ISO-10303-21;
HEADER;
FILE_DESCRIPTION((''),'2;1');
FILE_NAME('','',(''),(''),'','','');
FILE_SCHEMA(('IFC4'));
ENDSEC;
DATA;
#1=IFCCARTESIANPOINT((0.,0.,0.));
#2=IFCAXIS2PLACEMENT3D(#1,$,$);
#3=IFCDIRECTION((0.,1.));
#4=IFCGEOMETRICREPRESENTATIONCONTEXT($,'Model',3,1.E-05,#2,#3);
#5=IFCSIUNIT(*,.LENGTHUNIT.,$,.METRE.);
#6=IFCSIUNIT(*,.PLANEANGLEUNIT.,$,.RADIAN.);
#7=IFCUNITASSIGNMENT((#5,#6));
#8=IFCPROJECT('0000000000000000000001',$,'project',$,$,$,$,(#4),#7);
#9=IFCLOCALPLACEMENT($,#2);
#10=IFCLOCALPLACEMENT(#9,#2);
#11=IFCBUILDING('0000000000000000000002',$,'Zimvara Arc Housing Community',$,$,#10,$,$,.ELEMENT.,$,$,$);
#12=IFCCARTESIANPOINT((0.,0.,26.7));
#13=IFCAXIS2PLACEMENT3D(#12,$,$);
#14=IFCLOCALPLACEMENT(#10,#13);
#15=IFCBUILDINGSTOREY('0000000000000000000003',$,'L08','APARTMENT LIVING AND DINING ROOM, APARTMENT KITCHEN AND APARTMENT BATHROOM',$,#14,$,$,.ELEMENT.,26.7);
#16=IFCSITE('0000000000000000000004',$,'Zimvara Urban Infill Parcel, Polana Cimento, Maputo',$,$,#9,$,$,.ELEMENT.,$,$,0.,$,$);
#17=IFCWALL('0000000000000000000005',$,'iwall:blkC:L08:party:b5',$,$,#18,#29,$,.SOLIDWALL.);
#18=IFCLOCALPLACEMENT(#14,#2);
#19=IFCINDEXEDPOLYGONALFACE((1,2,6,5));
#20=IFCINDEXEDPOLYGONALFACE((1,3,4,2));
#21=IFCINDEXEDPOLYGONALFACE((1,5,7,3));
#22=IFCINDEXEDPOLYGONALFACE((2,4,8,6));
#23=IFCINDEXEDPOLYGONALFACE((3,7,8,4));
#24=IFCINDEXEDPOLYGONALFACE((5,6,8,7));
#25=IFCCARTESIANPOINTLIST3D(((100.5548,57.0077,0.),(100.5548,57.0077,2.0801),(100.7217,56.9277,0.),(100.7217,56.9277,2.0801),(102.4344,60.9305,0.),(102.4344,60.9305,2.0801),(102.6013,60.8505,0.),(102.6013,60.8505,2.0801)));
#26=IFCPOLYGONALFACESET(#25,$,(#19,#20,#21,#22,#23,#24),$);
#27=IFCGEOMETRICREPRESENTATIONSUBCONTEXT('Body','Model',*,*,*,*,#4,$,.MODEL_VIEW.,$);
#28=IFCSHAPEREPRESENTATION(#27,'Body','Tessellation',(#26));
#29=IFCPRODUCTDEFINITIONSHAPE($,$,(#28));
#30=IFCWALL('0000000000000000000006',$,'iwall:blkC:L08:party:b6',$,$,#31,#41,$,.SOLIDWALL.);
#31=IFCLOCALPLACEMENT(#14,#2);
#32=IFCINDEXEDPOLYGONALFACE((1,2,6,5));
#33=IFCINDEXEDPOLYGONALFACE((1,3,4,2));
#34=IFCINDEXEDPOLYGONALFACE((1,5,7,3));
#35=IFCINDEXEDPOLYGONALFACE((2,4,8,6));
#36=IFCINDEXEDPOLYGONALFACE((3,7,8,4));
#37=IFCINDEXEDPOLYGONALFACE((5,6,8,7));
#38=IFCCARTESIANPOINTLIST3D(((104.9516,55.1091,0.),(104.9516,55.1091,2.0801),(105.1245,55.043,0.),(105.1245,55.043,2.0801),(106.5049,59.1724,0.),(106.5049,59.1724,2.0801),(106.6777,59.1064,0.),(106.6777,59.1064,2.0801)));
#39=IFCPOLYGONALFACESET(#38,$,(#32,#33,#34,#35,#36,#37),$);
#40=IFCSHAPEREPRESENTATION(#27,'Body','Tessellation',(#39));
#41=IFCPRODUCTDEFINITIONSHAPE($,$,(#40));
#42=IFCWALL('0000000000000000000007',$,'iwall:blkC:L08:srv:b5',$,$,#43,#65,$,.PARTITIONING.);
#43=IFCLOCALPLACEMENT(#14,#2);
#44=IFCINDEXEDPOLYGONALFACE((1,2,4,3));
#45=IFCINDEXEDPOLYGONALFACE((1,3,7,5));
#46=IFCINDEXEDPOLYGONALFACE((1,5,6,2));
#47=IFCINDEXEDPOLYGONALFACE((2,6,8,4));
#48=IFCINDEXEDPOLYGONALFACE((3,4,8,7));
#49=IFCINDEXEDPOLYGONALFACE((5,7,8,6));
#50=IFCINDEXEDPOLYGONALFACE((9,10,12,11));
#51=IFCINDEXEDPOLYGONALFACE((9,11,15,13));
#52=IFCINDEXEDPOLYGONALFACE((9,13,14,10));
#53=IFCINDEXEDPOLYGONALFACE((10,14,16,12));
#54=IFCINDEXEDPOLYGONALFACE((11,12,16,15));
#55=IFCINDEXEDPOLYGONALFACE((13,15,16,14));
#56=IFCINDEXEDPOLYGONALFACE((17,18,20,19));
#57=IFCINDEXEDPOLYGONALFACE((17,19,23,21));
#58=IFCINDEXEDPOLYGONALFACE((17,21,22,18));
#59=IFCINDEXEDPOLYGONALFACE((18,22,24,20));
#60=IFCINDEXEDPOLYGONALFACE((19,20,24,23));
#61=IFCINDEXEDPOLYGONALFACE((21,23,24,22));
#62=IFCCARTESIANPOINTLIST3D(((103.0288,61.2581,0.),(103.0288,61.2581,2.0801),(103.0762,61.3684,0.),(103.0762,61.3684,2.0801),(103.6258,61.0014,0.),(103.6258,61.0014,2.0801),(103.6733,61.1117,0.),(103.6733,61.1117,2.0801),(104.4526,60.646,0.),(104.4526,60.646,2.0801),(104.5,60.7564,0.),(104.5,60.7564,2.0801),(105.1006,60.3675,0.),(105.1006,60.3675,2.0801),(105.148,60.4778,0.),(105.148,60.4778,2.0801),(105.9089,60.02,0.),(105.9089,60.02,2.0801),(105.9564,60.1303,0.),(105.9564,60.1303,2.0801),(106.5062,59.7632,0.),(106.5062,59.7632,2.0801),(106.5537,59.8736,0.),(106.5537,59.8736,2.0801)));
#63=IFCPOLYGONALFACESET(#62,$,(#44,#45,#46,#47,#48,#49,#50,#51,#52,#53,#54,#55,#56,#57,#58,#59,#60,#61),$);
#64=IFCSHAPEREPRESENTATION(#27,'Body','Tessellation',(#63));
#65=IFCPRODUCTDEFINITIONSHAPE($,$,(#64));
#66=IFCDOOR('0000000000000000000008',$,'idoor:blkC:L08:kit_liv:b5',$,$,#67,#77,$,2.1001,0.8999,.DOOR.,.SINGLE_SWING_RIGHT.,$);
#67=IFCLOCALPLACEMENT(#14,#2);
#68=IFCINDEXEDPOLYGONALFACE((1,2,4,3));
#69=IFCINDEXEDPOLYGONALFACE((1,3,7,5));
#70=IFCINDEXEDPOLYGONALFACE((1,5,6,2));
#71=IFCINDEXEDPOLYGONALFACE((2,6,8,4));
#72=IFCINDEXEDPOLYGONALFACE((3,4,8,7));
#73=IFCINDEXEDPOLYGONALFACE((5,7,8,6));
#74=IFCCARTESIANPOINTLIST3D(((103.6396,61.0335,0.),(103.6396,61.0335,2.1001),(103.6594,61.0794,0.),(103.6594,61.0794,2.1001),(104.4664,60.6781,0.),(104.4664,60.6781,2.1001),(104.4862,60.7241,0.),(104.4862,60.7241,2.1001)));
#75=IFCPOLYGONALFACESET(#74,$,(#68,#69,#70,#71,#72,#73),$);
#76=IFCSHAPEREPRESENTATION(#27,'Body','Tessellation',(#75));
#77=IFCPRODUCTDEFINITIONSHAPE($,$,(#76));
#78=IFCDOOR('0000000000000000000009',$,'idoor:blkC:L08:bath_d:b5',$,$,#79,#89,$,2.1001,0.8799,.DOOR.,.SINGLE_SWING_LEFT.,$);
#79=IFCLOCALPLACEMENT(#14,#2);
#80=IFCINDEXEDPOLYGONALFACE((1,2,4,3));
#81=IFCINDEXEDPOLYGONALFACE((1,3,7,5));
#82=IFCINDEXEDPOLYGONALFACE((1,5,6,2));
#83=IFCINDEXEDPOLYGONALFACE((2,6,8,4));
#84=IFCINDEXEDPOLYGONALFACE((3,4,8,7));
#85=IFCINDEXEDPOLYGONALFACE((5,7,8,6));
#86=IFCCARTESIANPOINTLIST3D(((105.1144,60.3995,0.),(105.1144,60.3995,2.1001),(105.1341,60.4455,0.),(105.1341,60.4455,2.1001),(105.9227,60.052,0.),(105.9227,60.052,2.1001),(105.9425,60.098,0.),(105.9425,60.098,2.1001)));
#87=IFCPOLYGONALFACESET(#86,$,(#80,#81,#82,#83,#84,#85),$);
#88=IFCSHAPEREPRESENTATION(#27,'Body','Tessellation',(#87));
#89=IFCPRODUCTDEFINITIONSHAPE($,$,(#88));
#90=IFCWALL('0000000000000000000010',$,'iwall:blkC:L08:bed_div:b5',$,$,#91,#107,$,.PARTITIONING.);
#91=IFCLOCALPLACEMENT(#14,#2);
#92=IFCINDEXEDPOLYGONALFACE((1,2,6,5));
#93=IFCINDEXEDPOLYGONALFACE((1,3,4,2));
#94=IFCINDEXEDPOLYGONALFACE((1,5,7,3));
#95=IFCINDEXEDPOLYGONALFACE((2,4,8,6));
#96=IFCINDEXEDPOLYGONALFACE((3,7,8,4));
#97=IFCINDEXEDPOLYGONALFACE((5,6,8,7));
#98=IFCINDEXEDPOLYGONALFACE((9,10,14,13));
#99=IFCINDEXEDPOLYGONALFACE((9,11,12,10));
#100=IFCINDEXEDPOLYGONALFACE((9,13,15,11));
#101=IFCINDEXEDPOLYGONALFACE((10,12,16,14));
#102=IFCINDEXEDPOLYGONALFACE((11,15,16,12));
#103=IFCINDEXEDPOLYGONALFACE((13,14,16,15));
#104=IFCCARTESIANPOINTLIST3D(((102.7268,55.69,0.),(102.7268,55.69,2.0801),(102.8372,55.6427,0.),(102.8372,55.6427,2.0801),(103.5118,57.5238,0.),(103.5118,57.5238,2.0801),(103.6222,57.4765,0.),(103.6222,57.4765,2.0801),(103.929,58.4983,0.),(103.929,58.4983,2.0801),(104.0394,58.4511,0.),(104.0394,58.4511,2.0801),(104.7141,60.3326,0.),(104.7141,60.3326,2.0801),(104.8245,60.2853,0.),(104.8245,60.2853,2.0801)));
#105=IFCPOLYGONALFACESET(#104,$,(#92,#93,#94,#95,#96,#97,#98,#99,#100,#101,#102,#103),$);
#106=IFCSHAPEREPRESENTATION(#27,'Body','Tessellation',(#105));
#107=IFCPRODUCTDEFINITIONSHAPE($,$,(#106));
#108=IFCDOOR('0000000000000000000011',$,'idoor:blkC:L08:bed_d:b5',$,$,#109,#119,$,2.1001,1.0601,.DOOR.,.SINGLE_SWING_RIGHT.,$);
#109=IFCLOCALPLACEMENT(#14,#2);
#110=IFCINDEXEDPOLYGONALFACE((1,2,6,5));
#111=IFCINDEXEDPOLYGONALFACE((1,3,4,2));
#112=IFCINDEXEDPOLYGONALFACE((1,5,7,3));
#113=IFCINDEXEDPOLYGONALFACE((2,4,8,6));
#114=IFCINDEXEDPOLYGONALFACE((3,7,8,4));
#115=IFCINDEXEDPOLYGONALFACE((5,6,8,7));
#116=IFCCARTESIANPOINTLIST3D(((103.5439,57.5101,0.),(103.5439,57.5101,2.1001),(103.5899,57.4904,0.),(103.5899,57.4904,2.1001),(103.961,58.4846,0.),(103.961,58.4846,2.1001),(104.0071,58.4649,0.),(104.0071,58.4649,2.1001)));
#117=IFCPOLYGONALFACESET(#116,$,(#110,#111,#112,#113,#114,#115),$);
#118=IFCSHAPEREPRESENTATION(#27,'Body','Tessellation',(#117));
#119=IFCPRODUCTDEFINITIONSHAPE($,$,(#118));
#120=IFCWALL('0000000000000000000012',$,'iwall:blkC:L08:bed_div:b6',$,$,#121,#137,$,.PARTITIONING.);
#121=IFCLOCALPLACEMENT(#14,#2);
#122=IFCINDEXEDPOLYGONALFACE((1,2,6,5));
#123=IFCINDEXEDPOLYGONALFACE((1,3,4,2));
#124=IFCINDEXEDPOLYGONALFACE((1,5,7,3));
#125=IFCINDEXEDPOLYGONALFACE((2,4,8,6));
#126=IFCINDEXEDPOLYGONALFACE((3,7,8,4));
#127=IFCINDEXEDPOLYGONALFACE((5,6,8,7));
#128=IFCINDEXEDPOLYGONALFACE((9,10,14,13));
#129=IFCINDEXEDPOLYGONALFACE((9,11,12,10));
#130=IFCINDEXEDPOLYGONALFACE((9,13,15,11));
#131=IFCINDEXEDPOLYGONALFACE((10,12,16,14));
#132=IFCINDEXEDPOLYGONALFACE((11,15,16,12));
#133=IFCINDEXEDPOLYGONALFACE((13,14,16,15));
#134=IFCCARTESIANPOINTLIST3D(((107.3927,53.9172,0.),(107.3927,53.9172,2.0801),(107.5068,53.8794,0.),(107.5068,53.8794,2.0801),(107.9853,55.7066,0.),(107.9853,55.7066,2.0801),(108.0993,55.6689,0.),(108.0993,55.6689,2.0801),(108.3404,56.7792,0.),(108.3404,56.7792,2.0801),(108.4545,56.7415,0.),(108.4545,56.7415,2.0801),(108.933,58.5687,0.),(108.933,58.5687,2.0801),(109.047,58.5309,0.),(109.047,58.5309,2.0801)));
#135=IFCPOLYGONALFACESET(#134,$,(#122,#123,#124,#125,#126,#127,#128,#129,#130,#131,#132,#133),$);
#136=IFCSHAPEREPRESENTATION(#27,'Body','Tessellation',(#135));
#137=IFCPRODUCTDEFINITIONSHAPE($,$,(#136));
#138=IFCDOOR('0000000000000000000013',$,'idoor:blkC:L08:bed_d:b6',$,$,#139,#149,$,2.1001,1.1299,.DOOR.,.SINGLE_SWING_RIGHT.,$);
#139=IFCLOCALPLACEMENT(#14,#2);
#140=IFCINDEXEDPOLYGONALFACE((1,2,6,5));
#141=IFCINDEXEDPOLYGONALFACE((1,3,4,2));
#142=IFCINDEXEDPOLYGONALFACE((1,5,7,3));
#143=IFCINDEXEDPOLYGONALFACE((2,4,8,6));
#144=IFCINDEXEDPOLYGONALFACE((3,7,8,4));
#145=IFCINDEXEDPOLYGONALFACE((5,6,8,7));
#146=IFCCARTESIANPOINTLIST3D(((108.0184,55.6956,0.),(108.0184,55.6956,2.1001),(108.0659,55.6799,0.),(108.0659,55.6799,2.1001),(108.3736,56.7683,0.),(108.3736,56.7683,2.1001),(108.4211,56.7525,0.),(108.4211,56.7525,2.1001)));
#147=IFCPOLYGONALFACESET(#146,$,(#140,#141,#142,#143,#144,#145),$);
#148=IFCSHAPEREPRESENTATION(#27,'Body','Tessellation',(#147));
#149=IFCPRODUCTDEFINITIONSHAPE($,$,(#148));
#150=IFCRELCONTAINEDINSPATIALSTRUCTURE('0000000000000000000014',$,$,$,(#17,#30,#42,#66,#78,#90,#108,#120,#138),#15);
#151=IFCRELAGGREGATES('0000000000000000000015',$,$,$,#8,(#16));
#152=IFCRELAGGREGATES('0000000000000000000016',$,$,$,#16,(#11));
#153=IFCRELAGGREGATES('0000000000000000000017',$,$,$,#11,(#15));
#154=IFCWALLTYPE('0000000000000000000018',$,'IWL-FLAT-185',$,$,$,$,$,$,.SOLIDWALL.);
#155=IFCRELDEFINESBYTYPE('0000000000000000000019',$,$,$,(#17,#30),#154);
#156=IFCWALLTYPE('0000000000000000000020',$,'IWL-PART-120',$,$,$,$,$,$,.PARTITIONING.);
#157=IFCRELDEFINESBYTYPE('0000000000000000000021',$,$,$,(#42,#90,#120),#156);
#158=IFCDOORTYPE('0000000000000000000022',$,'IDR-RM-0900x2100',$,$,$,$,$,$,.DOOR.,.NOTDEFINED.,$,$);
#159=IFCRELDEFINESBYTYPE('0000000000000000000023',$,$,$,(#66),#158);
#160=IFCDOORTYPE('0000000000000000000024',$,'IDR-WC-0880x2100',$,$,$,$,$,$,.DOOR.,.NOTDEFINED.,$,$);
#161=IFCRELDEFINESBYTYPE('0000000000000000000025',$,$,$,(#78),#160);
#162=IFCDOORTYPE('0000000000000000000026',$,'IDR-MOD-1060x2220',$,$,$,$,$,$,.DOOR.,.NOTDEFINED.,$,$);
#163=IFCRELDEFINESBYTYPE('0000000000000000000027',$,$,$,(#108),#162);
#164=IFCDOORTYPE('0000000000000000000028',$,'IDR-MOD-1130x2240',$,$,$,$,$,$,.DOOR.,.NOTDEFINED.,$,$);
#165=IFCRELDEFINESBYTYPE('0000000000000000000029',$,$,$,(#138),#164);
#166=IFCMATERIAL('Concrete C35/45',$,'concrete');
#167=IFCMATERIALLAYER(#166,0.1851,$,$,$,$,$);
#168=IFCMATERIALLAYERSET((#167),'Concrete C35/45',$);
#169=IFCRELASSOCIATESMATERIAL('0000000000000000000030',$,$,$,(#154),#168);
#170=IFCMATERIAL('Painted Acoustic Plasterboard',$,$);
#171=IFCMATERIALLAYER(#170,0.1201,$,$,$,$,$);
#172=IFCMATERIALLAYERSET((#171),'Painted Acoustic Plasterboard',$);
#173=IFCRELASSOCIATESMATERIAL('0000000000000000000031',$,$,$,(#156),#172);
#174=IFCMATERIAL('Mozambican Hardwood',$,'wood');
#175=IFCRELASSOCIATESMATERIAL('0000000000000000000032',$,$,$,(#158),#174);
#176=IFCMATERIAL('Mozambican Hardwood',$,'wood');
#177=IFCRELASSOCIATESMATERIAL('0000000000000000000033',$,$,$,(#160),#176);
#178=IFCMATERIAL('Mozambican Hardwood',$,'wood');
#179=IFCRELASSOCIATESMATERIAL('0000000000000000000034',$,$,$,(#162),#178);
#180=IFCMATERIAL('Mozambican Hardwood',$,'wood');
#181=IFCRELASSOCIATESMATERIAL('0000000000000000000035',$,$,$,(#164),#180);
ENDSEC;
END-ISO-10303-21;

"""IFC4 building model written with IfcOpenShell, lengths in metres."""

from ifc_helpers import new_model, si_unit, direction, frame, frame_2d, origin, place, context, subcontext, project, spatial, rectangle, extrude, material, layer, layer_set, type_object, element, fill, save


model = new_model("IFC4")

# Units and contexts
model_context = context("Model", 3, precision=1e-05, world=origin(), true_north=direction((0.0, 1.0)))
body_context = subcontext(model_context, "Body", "Model", "MODEL_VIEW")
ifc_project = project(units=[si_unit("LENGTHUNIT", "METRE"), si_unit("PLANEANGLEUNIT", "RADIAN")], contexts=[model_context])

# Site, building, storey
site_placement = place(None, origin())
site = spatial("IfcSite", under=ifc_project, at=site_placement, Name="Zimvara Urban Infill Parcel, Polana Cimento, Maputo", CompositionType="ELEMENT", RefElevation=0.0)
building_placement = place(site_placement, origin())
building = spatial("IfcBuilding", under=site, at=building_placement, Name="Zimvara Arc Housing Community", CompositionType="ELEMENT")
storey_placement = place(building_placement, frame((0.0, 0.0, 26.7)))
storey = spatial("IfcBuildingStorey", under=building, at=storey_placement, Name="L08", Description="APARTMENT LIVING AND DINING ROOM, APARTMENT KITCHEN AND APARTMENT BATHROOM", CompositionType="ELEMENT", Elevation=26.7)

# Walls
ifc_material_1 = material(Name="Concrete C35/45", Category="concrete")
ifc_layer_1 = layer(ifc_material_1, 0.1851)
ifc_layer_set_1 = layer_set([ifc_layer_1], Name="Concrete C35/45")
wall_type_1 = type_object("IfcWallType", Name="IWL-FLAT-185", PredefinedType="SOLIDWALL", material=ifc_layer_set_1)
wall_1_placement = place(storey_placement, frame((102.5178, 60.8904, 0.0), z_axis=(0.0, 0.0, 1.0), x_axis=(-0.432109, -0.901821, 0.0)))
element("IfcWall", 1, at=wall_1_placement, inside=storey, type_object=wall_type_1, Name="iwall:blkC:L08:party:b5", PredefinedType="SOLIDWALL", context=body_context, shape_type="SweptSolid", body=[
    extrude(rectangle(XDim=4.3499, YDim=0.1851, at=frame_2d((2.1748, 0.0))), origin(), (0.0, 0.0, 1.0), 2.0801),
])
wall_2_placement = place(storey_placement, frame((106.5913, 59.1394, 0.0), z_axis=(0.0, 0.0, 1.0), x_axis=(-0.357064, -0.93408, 0.0)))
element("IfcWall", 2, at=wall_2_placement, inside=storey, type_object=wall_type_1, Name="iwall:blkC:L08:party:b6", PredefinedType="SOLIDWALL", context=body_context, shape_type="SweptSolid", body=[
    extrude(rectangle(XDim=4.3501, YDim=0.1851, at=frame_2d((2.175, 0.0))), origin(), (0.0, 0.0, 1.0), 2.0801),
])

# Wall, openings, doors
ifc_material_2 = material(Name="Painted Acoustic Plasterboard")
ifc_layer_2 = layer(ifc_material_2, 0.1201)
ifc_layer_set_2 = layer_set([ifc_layer_2], Name="Painted Acoustic Plasterboard")
wall_type_2 = type_object("IfcWallType", Name="IWL-PART-120", PredefinedType="PARTITIONING", material=ifc_layer_set_2)
wall_3_placement = place(storey_placement, frame((103.0525, 61.3132, 0.0), z_axis=(0.0, 0.0, 1.0), x_axis=(0.918714, -0.394923, 0.0)))
wall_3 = element("IfcWall", 3, at=wall_3_placement, inside=storey, type_object=wall_type_2, Name="iwall:blkC:L08:srv:b5", PredefinedType="PARTITIONING", context=body_context, shape_type="SweptSolid", body=[
    extrude(rectangle(XDim=3.7852, YDim=0.1201, at=frame_2d((1.8926, 0.0))), origin(), (0.0, 0.0, 1.0), 2.0801),
])
opening_1_placement = place(wall_3_placement, frame((0.6499, 0.0, 0.0)))
opening_1 = element("IfcOpeningElement", 4, at=opening_1_placement, cuts=wall_3, PredefinedType="OPENING", context=body_context, shape_type="SweptSolid", body=[
    extrude(rectangle(XDim=0.8999, YDim=2.1001, at=frame_2d((0.45, 1.05))), frame((0.0, 0.0701, 0.0), z_axis=(0.0, -1.0, 0.0), x_axis=(1.0, 0.0, 0.0)), (0.0, 0.0, 1.0), 0.1401),
])
opening_2_placement = place(wall_3_placement, frame((2.2551, 0.0, 0.0)))
opening_2 = element("IfcOpeningElement", 5, at=opening_2_placement, cuts=wall_3, PredefinedType="OPENING", context=body_context, shape_type="SweptSolid", body=[
    extrude(rectangle(XDim=0.8799, YDim=2.1001, at=frame_2d((0.4399, 1.05))), frame((0.0, 0.0701, 0.0), z_axis=(0.0, -1.0, 0.0), x_axis=(1.0, 0.0, 0.0)), (0.0, 0.0, 1.0), 0.1401),
])
ifc_material_3 = material(Name="Mozambican Hardwood", Category="wood")
door_type_1 = type_object("IfcDoorType", Name="IDR-RM-0900x2100", OperationType="NOTDEFINED", PredefinedType="DOOR", material=ifc_material_3)
door_1_placement = place(opening_1_placement, origin())
door_1 = element("IfcDoor", 6, at=door_1_placement, inside=storey, type_object=door_type_1, Name="idoor:blkC:L08:kit_liv:b5", OperationType="SINGLE_SWING_RIGHT", OverallHeight=2.1001, OverallWidth=0.8999, PredefinedType="DOOR", context=body_context, shape_type="SweptSolid", body=[
    extrude(rectangle(XDim=0.8999, YDim=2.1001, at=frame_2d((0.45, 1.05))), frame((0.0, 0.0249, 0.0), z_axis=(0.0, -1.0, 0.0), x_axis=(1.0, 0.0, 0.0)), (0.0, 0.0, 1.0), 0.05),
])
fill(opening_1, door_1)
ifc_material_4 = material(Name="Mozambican Hardwood", Category="wood")
door_type_2 = type_object("IfcDoorType", Name="IDR-WC-0880x2100", OperationType="NOTDEFINED", PredefinedType="DOOR", material=ifc_material_4)
door_2_placement = place(opening_2_placement, origin())
door_2 = element("IfcDoor", 7, at=door_2_placement, inside=storey, type_object=door_type_2, Name="idoor:blkC:L08:bath_d:b5", OperationType="SINGLE_SWING_LEFT", OverallHeight=2.1001, OverallWidth=0.8799, PredefinedType="DOOR", context=body_context, shape_type="SweptSolid", body=[
    extrude(rectangle(XDim=0.8799, YDim=2.1001, at=frame_2d((0.4399, 1.05))), frame((0.0, 0.0249, 0.0), z_axis=(0.0, -1.0, 0.0), x_axis=(1.0, 0.0, 0.0)), (0.0, 0.0, 1.0), 0.05),
])
fill(opening_2, door_2)

# Walls, openings, doors
wall_4_placement = place(storey_placement, frame((104.7693, 60.3088, 0.0), z_axis=(0.0, 0.0, 1.0), x_axis=(-0.393523, -0.919315, 0.0)))
wall_4 = element("IfcWall", 8, at=wall_4_placement, inside=storey, type_object=wall_type_2, Name="iwall:blkC:L08:bed_div:b5", PredefinedType="PARTITIONING", context=body_context, shape_type="SweptSolid", body=[
    extrude(rectangle(XDim=5.05, YDim=0.1201, at=frame_2d((2.5249, 0.0))), origin(), (0.0, 0.0, 1.0), 2.0801),
])
opening_3_placement = place(wall_4_placement, frame((1.9951, 0.0, 0.0)))
opening_3 = element("IfcOpeningElement", 9, at=opening_3_placement, cuts=wall_4, PredefinedType="OPENING", context=body_context, shape_type="SweptSolid", body=[
    extrude(rectangle(XDim=1.0601, YDim=2.1001, at=frame_2d((0.53, 1.05))), frame((0.0, 0.0701, 0.0), z_axis=(0.0, -1.0, 0.0), x_axis=(1.0, 0.0, 0.0)), (0.0, 0.0, 1.0), 0.1401),
])
ifc_material_5 = material(Name="Mozambican Hardwood", Category="wood")
door_type_3 = type_object("IfcDoorType", Name="IDR-MOD-1060x2220", OperationType="NOTDEFINED", PredefinedType="DOOR", material=ifc_material_5)
door_3_placement = place(opening_3_placement, origin())
door_3 = element("IfcDoor", 10, at=door_3_placement, inside=storey, type_object=door_type_3, Name="idoor:blkC:L08:bed_d:b5", OperationType="SINGLE_SWING_RIGHT", OverallHeight=2.1001, OverallWidth=1.0601, PredefinedType="DOOR", context=body_context, shape_type="SweptSolid", body=[
    extrude(rectangle(XDim=1.0601, YDim=2.1001, at=frame_2d((0.53, 1.05))), frame((0.0, 0.0249, 0.0), z_axis=(0.0, -1.0, 0.0), x_axis=(1.0, 0.0, 0.0)), (0.0, 0.0, 1.0), 0.05),
])
fill(opening_3, door_3)
wall_5_placement = place(storey_placement, frame((108.99, 58.5498, 0.0), z_axis=(0.0, 0.0, 1.0), x_axis=(-0.314344, -0.949309, 0.0)))
wall_5 = element("IfcWall", 11, at=wall_5_placement, inside=storey, type_object=wall_type_2, Name="iwall:blkC:L08:bed_div:b6", PredefinedType="PARTITIONING", context=body_context, shape_type="SweptSolid", body=[
    extrude(rectangle(XDim=4.8999, YDim=0.1201, at=frame_2d((2.45, 0.0))), origin(), (0.0, 0.0, 1.0), 2.0801),
])
opening_4_placement = place(wall_5_placement, frame((1.885, 0.0, 0.0)))
opening_4 = element("IfcOpeningElement", 12, at=opening_4_placement, cuts=wall_5, PredefinedType="OPENING", context=body_context, shape_type="SweptSolid", body=[
    extrude(rectangle(XDim=1.1299, YDim=2.1001, at=frame_2d((0.5649, 1.05))), frame((0.0, 0.0701, 0.0), z_axis=(0.0, -1.0, 0.0), x_axis=(1.0, 0.0, 0.0)), (0.0, 0.0, 1.0), 0.1401),
])
ifc_material_6 = material(Name="Mozambican Hardwood", Category="wood")
door_type_4 = type_object("IfcDoorType", Name="IDR-MOD-1130x2240", OperationType="NOTDEFINED", PredefinedType="DOOR", material=ifc_material_6)
door_4_placement = place(opening_4_placement, origin())
door_4 = element("IfcDoor", 13, at=door_4_placement, inside=storey, type_object=door_type_4, Name="idoor:blkC:L08:bed_d:b6", OperationType="SINGLE_SWING_RIGHT", OverallHeight=2.1001, OverallWidth=1.1299, PredefinedType="DOOR", context=body_context, shape_type="SweptSolid", body=[
    extrude(rectangle(XDim=1.1299, YDim=2.1001, at=frame_2d((0.5649, 1.05))), frame((0.0, 0.0249, 0.0), z_axis=(0.0, -1.0, 0.0), x_axis=(1.0, 0.0, 0.0)), (0.0, 0.0, 1.0), 0.05),
])
fill(opening_4, door_4)

save(model, "model.ifc")
